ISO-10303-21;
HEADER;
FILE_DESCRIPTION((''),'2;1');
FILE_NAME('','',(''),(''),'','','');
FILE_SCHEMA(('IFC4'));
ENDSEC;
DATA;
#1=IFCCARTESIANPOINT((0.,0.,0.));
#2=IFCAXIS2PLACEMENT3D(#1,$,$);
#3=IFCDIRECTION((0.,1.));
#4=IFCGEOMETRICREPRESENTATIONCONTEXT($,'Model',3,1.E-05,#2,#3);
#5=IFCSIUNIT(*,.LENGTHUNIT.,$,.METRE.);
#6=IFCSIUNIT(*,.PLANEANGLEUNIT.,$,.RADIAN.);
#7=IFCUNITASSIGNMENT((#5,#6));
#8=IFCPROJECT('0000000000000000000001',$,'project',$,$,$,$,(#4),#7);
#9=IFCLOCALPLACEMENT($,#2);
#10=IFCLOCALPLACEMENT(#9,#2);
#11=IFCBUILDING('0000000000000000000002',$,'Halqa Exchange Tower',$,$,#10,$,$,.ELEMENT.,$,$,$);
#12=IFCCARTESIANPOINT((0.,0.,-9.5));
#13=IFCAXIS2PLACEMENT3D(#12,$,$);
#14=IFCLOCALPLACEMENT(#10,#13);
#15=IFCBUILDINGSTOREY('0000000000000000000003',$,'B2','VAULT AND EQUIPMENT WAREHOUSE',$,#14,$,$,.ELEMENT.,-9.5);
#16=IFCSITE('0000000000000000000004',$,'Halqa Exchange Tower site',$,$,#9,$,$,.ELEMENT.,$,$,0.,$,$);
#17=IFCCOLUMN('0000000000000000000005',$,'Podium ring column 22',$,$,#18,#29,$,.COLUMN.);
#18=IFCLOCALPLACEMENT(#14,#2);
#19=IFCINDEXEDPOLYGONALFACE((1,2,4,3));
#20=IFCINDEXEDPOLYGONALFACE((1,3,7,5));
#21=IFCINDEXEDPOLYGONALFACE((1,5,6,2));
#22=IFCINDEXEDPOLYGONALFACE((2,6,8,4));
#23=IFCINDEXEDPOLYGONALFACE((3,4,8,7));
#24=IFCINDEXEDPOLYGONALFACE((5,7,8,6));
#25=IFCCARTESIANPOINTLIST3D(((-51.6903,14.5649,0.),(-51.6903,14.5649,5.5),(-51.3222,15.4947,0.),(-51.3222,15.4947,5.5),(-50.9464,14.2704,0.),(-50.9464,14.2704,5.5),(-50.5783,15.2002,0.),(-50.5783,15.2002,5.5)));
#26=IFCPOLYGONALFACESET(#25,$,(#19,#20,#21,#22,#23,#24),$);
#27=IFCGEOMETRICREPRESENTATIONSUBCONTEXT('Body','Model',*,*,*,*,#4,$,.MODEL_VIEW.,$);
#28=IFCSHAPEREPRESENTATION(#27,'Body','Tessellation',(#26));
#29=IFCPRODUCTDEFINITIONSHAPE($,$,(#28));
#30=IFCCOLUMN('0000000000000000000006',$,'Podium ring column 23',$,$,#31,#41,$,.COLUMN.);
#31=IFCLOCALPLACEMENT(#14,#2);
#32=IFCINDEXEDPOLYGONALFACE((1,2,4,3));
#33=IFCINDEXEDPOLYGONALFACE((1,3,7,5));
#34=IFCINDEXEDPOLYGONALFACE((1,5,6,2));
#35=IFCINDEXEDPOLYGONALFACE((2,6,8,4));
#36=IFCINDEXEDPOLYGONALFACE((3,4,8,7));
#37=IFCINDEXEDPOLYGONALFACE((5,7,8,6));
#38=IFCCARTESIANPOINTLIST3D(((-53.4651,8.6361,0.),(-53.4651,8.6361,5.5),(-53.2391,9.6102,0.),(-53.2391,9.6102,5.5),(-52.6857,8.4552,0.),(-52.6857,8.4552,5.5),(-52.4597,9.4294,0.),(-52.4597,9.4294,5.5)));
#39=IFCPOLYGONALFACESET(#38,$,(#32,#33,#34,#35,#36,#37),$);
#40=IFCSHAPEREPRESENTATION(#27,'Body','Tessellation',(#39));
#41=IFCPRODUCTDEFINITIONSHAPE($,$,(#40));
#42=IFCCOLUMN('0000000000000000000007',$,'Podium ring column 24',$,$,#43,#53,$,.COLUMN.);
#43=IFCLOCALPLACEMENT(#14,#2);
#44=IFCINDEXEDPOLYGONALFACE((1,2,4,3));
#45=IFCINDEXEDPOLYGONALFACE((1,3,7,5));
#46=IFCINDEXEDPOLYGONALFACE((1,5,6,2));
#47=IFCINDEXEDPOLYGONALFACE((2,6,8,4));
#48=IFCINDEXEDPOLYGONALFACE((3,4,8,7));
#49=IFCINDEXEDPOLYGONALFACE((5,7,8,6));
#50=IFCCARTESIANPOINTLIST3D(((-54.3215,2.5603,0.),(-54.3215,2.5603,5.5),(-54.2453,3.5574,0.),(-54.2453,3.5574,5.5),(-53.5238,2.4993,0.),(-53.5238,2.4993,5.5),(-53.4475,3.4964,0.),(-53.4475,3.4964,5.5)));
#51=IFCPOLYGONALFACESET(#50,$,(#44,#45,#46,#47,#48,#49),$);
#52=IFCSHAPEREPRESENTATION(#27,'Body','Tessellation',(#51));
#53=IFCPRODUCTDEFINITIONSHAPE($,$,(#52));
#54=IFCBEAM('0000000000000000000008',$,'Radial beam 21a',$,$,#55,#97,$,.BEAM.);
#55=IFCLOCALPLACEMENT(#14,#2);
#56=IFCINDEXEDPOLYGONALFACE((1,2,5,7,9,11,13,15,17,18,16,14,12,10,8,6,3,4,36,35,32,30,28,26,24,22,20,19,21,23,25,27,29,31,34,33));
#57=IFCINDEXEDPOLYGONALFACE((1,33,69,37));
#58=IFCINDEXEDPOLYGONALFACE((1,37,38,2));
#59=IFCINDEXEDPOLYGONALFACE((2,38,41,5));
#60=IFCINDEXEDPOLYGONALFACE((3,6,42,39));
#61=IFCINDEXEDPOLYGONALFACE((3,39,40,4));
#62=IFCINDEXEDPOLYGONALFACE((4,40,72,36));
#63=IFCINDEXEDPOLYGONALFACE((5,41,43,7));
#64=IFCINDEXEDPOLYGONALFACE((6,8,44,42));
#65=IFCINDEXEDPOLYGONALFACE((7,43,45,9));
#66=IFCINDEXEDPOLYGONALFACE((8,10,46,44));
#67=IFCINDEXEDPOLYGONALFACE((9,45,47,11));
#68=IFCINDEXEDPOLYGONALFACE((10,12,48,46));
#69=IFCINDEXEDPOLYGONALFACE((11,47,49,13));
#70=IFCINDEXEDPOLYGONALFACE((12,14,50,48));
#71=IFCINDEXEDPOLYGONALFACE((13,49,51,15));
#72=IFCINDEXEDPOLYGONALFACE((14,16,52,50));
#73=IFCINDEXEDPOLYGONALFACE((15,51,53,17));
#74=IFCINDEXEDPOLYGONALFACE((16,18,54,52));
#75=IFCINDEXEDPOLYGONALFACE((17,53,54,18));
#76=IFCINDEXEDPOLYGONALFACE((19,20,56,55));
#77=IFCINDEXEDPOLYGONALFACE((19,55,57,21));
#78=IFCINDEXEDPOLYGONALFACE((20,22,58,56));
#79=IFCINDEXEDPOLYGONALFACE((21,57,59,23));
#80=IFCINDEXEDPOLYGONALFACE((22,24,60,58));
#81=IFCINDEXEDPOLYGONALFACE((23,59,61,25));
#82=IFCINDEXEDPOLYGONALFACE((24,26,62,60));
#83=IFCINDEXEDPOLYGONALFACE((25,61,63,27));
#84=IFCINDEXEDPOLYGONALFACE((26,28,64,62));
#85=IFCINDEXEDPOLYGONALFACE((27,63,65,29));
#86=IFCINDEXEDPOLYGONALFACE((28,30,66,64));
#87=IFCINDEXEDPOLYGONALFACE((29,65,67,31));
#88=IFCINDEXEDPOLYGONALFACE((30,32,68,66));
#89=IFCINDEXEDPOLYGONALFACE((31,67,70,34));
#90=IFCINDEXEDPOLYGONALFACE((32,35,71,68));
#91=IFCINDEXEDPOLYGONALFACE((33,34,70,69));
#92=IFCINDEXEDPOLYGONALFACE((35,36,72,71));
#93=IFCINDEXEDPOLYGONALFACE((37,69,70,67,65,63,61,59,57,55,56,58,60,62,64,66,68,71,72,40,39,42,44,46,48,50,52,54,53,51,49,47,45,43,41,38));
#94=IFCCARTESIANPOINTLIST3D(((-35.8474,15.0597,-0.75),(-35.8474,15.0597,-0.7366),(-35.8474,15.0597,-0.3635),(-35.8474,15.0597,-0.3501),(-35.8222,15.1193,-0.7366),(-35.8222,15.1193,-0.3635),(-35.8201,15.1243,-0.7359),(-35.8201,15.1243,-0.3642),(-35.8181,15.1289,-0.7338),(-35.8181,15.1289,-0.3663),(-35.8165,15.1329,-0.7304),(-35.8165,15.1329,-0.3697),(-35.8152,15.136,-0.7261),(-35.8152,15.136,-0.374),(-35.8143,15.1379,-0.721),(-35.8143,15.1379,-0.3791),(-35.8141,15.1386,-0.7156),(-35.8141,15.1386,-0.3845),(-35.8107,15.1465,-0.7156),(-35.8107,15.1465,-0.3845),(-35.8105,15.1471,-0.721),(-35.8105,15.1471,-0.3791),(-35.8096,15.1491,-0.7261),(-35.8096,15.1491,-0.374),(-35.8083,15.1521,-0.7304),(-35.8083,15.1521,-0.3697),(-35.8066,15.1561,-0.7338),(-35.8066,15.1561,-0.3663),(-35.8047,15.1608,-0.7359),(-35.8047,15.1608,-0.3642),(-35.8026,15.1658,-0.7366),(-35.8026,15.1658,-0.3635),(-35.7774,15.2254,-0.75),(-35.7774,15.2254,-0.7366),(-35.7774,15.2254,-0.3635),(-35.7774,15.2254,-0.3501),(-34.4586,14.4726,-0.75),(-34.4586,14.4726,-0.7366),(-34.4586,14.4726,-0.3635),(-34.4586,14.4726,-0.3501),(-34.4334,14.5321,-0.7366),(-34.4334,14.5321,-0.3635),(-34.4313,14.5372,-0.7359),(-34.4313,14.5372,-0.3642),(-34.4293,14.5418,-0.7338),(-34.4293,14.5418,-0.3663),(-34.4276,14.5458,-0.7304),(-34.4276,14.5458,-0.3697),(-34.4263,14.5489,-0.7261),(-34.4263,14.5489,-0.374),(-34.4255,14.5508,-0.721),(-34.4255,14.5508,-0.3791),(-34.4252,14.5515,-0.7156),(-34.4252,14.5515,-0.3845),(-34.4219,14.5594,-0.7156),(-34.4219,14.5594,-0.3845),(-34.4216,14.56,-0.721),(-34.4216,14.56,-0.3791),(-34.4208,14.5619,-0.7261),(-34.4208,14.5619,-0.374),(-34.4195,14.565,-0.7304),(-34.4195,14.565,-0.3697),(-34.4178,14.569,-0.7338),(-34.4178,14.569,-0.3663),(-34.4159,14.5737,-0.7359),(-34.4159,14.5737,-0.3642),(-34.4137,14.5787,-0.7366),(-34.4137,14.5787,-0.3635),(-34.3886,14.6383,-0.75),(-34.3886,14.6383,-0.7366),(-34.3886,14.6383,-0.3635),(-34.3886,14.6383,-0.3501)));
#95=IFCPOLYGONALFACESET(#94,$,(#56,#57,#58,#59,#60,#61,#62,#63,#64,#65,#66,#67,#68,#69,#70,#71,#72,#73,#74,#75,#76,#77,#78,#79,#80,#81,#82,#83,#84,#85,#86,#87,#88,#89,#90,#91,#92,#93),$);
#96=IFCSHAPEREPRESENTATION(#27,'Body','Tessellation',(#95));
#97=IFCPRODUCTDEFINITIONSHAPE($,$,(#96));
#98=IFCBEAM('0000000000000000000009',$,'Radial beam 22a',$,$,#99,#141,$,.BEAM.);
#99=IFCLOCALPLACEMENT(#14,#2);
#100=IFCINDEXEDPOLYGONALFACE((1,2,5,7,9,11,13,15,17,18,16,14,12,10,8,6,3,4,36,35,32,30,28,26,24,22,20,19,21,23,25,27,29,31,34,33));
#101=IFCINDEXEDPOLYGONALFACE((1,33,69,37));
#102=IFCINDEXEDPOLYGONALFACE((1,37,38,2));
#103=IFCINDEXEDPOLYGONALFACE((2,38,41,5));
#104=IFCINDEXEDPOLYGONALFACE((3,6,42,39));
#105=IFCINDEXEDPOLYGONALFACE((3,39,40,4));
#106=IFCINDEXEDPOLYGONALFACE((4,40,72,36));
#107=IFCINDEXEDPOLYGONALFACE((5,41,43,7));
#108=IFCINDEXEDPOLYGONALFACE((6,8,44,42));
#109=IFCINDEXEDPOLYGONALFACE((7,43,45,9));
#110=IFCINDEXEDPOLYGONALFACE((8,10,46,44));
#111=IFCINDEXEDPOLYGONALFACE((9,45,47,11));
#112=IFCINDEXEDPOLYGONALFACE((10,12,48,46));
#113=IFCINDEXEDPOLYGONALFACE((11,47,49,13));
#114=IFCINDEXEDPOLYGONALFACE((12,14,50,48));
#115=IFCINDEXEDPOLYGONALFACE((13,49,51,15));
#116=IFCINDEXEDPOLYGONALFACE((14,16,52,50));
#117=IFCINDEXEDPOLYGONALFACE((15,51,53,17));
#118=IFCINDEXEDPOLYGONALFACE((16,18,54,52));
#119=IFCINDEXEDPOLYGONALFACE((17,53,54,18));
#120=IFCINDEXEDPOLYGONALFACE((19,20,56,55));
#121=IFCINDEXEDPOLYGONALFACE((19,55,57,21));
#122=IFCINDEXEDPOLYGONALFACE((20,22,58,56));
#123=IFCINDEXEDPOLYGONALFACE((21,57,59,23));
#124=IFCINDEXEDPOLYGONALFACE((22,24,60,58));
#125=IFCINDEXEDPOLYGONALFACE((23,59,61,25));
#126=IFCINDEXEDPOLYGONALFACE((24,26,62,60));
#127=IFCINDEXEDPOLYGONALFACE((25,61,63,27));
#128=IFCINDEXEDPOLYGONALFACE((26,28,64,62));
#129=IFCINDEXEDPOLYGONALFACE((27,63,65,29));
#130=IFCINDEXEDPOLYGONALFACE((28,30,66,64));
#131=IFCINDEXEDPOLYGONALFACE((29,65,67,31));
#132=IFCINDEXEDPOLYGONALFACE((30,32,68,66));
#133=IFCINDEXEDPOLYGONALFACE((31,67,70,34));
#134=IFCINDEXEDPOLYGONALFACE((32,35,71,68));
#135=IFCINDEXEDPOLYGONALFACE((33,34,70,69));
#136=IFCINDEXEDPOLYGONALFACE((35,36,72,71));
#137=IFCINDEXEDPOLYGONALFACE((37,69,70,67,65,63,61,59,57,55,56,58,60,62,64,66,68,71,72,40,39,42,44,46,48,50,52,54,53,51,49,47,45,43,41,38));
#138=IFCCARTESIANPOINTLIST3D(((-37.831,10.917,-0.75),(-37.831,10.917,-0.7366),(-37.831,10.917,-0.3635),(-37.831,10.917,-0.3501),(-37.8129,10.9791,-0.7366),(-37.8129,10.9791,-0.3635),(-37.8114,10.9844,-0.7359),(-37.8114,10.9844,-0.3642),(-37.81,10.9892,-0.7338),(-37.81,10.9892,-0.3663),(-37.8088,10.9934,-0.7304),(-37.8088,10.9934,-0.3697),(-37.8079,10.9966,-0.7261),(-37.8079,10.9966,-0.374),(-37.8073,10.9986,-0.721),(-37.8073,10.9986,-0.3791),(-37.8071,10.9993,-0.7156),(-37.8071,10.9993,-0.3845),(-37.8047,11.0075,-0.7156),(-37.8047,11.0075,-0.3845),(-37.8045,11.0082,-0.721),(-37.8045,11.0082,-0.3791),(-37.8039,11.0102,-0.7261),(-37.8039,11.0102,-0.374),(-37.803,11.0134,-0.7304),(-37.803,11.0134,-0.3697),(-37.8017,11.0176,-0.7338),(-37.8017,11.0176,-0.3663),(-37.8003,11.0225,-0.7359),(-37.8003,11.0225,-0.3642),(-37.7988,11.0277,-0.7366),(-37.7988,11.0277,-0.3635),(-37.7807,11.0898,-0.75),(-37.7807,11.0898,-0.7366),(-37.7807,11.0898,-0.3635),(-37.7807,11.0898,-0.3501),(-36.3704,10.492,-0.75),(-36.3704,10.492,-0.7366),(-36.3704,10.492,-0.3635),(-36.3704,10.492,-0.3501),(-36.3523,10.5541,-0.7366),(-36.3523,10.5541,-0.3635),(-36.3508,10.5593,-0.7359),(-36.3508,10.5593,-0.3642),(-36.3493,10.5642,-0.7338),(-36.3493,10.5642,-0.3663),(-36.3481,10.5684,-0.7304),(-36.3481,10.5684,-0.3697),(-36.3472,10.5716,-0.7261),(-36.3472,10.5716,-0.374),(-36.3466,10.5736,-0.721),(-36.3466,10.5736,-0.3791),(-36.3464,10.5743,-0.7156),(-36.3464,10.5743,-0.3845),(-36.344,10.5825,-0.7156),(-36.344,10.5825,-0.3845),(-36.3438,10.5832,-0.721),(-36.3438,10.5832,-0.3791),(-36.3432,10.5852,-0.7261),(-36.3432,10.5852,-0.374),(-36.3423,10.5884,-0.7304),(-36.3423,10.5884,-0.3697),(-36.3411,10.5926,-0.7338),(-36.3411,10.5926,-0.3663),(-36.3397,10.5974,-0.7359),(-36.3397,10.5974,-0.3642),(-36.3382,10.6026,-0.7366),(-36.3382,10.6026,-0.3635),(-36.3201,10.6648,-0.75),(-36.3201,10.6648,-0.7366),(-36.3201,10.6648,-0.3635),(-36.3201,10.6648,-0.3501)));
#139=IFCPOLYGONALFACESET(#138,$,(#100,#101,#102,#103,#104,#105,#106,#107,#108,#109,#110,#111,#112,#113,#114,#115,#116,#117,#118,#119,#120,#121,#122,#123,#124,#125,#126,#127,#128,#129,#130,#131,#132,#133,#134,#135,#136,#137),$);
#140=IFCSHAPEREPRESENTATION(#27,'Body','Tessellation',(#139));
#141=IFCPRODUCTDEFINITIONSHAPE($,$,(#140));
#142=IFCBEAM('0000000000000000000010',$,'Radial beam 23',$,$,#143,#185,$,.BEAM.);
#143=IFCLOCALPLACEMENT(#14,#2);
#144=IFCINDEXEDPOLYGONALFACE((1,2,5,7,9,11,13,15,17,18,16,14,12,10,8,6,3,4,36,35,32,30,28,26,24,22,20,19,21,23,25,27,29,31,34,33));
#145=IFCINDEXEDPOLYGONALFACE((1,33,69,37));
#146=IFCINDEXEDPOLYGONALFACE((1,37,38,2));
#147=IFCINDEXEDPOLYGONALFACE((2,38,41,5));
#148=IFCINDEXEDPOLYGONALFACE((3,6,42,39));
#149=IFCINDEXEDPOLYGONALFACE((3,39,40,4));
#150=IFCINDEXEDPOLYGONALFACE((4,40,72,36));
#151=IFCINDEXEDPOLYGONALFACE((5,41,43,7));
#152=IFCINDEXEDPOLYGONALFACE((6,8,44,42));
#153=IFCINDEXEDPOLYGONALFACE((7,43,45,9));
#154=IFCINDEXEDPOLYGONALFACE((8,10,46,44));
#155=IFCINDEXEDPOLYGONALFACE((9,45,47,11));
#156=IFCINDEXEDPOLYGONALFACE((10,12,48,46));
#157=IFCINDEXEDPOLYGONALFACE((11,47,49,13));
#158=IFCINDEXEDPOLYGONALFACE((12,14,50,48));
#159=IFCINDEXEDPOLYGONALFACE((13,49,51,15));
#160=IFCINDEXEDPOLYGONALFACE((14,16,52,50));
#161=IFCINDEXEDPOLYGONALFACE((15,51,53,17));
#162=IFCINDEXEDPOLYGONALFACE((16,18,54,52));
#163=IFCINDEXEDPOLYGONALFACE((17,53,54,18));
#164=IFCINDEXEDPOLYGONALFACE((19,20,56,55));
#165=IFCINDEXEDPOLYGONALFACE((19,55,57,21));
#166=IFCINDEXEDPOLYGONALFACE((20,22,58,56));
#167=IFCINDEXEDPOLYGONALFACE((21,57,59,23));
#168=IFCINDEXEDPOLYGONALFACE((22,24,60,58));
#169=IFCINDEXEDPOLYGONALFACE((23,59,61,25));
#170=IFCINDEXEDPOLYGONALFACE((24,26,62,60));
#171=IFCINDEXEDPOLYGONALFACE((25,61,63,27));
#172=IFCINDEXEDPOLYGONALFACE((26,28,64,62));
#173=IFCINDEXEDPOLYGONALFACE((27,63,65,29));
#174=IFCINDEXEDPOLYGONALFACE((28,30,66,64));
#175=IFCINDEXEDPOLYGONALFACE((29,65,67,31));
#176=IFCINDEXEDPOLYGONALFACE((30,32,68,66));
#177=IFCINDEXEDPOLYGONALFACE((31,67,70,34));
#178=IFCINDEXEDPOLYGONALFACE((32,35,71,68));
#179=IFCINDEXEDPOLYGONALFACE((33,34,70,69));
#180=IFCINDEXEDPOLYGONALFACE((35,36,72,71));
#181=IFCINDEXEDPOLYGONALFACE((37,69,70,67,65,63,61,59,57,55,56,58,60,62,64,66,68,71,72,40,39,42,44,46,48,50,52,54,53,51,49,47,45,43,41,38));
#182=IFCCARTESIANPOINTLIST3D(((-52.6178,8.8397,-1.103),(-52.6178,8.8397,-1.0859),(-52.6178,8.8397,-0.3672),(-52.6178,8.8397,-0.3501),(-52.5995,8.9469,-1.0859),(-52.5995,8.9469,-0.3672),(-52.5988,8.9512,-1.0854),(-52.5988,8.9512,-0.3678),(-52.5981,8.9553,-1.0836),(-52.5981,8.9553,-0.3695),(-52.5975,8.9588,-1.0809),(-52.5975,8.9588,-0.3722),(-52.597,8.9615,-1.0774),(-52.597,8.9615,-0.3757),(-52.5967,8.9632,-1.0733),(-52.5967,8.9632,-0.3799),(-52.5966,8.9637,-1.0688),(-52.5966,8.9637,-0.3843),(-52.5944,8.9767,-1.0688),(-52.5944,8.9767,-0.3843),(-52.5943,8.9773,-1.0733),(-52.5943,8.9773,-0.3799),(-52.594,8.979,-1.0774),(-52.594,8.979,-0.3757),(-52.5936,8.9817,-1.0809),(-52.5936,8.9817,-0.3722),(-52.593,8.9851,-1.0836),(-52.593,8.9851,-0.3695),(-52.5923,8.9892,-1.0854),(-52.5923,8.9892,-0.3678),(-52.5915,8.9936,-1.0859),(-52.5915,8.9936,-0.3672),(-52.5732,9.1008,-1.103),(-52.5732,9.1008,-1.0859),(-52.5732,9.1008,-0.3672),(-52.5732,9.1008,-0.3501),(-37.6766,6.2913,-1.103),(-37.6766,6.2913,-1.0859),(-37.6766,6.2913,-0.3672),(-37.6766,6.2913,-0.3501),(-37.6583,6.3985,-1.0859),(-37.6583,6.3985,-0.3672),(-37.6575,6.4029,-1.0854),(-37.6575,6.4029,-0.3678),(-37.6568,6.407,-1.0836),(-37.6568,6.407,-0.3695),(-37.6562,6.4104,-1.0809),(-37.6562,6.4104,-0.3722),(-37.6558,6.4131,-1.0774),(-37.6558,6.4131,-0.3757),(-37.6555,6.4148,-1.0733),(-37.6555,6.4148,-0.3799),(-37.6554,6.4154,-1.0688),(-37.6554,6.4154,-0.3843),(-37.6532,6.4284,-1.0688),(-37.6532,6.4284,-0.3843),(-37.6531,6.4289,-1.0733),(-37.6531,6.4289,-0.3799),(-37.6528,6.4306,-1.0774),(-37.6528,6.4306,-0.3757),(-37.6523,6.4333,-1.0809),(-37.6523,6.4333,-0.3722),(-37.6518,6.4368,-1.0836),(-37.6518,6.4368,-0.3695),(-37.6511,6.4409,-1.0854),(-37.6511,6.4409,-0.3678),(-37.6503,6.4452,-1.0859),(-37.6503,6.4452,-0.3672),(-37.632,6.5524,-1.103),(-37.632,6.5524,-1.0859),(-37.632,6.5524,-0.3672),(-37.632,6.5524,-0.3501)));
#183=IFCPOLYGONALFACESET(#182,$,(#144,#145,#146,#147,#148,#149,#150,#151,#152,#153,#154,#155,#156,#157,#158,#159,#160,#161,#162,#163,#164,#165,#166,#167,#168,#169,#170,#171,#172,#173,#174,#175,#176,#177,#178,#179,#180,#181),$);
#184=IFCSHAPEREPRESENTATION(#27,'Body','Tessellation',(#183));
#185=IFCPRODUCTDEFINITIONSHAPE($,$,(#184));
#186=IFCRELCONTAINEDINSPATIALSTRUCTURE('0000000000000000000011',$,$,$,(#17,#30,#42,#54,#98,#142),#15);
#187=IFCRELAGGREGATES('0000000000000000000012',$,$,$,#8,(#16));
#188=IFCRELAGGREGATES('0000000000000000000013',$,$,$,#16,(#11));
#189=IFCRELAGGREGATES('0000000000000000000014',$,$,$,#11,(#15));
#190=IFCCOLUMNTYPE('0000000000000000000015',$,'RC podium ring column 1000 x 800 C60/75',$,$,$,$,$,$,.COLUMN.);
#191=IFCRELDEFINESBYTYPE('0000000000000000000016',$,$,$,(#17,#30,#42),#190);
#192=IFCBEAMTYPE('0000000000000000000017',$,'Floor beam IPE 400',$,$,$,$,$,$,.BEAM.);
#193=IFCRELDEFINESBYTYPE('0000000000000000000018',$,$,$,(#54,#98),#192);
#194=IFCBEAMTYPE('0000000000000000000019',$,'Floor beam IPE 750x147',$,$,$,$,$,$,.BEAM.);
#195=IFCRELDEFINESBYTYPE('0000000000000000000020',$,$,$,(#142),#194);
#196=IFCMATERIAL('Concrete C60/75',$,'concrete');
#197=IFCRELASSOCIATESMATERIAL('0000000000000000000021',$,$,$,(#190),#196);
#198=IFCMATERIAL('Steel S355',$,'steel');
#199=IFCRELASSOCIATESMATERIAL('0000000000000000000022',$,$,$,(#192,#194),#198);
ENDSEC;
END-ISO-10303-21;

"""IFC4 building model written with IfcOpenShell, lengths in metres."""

from ifc_helpers import new_model, si_unit, direction, frame, origin, origin_2d, place, context, subcontext, project, spatial, rectangle, i_section, extrude, material, material_profile, profile_set, type_object, element, save


model = new_model("IFC4")

# Units and contexts
model_context = context("Model", 3, precision=1e-05, world=origin(), true_north=direction((0.0, 1.0)))
body_context = subcontext(model_context, "Body", "Model", "MODEL_VIEW")
ifc_project = project(units=[si_unit("LENGTHUNIT", "METRE"), si_unit("PLANEANGLEUNIT", "RADIAN")], contexts=[model_context])

# Site, building, storey
site_placement = place(None, origin())
site = spatial("IfcSite", under=ifc_project, at=site_placement, Name="Halqa Exchange Tower site", CompositionType="ELEMENT", RefElevation=0.0)
building_placement = place(site_placement, origin())
building = spatial("IfcBuilding", under=site, at=building_placement, Name="Halqa Exchange Tower", CompositionType="ELEMENT")
storey_placement = place(building_placement, frame((0.0, 0.0, -9.5)))
storey = spatial("IfcBuildingStorey", under=building, at=storey_placement, Name="B2", Description="VAULT AND EQUIPMENT WAREHOUSE", CompositionType="ELEMENT", Elevation=-9.5)

# Columns
ifc_material_1 = material(Name="Concrete C60/75", Category="concrete")
ifc_material_profile_1 = material_profile(ifc_material_1, rectangle(XDim=1.0, YDim=0.8, at=origin_2d()), Name="1000 x 800")
ifc_profile_set_1 = profile_set([ifc_material_profile_1], Name="Concrete C60/75")
column_type = type_object("IfcColumnType", Name="RC podium ring column 1000 x 800 C60/75", PredefinedType="COLUMN", material=ifc_profile_set_1)
for number, where, z_axis, x_axis, name in (
    (1, (-51.1343, 14.8826, 0.0), (0.0, 0.0, 1.0), (-0.36811, -0.929782, 0.0), "Podium ring column 22"),
    (2, (-52.9624, 9.0327, 0.0), (0.0, 0.0, 1.0), (-0.225997, -0.974128, 0.0), "Podium ring column 23"),
    (3, (-53.8845, 3.0283, 0.0), (0.0, 0.0, 1.0), (-0.076223, -0.997091, 0.0), "Podium ring column 24"),
):
    element("IfcColumn", number, at=place(storey_placement, frame(where, z_axis=z_axis, x_axis=x_axis)), inside=storey, type_object=column_type, Name=name, PredefinedType="COLUMN", context=body_context, shape_type="SweptSolid", body=[
        extrude(rectangle(XDim=1.0, YDim=0.8, at=origin_2d()), origin(), (0.0, 0.0, 1.0), 5.5),
    ])

# Beams
ifc_material_2 = material(Name="Steel S355", Category="steel")
ifc_material_profile_2 = material_profile(ifc_material_2, i_section(OverallWidth=0.1799, OverallDepth=0.3999, WebThickness=0.0085, FlangeThickness=0.0134, FilletRadius=0.021, at=origin_2d()), Name="IPE 400")
ifc_profile_set_2 = profile_set([ifc_material_profile_2], Name="Steel S355")
beam_type_1 = type_object("IfcBeamType", Name="Floor beam IPE 400", PredefinedType="BEAM", material=ifc_profile_set_2)
beam_1_placement = place(storey_placement, frame((-34.4236, 14.5554, -0.55), z_axis=(-0.921077, 0.389381, 0.0), x_axis=(-0.389381, -0.921077, 0.0)))
element("IfcBeam", 4, at=beam_1_placement, inside=storey, type_object=beam_type_1, Name="Radial beam 21a", PredefinedType="BEAM", context=body_context, shape_type="SweptSolid", body=[
    extrude(i_section(OverallWidth=0.1799, OverallDepth=0.3999, WebThickness=0.0085, FlangeThickness=0.0134, FilletRadius=0.021, at=origin_2d()), origin(), (0.0, 0.0, 1.0), 1.5078),
])
beam_2_placement = place(storey_placement, frame((-36.3452, 10.5784, -0.55), z_axis=(-0.960174, 0.279402, 0.0), x_axis=(-0.279402, -0.960174, 0.0)))
element("IfcBeam", 5, at=beam_2_placement, inside=storey, type_object=beam_type_1, Name="Radial beam 22a", PredefinedType="BEAM", context=body_context, shape_type="SweptSolid", body=[
    extrude(i_section(OverallWidth=0.1799, OverallDepth=0.3999, WebThickness=0.0085, FlangeThickness=0.0134, FilletRadius=0.021, at=origin_2d()), origin(), (0.0, 0.0, 1.0), 1.5212),
])
ifc_material_profile_3 = material_profile(ifc_material_2, i_section(OverallWidth=0.2649, OverallDepth=0.7529, WebThickness=0.0132, FlangeThickness=0.0171, FilletRadius=0.0171, at=origin_2d()), Name="IPE 750x147")
ifc_profile_set_3 = profile_set([ifc_material_profile_3], Name="Steel S355")
beam_type_2 = type_object("IfcBeamType", Name="Floor beam IPE 750x147", PredefinedType="BEAM", material=ifc_profile_set_3)
beam_3_placement = place(storey_placement, frame((-37.6543, 6.4219, -0.7266), z_axis=(-0.985765, 0.16813, 0.0), x_axis=(-0.16813, -0.985765, 0.0)))
element("IfcBeam", 6, at=beam_3_placement, inside=storey, type_object=beam_type_2, Name="Radial beam 23", PredefinedType="BEAM", context=body_context, shape_type="SweptSolid", body=[
    extrude(i_section(OverallWidth=0.2649, OverallDepth=0.7529, WebThickness=0.0132, FlangeThickness=0.0171, FilletRadius=0.0171, at=origin_2d()), origin(), (0.0, 0.0, 1.0), 15.157),
])

save(model, "model.ifc")
